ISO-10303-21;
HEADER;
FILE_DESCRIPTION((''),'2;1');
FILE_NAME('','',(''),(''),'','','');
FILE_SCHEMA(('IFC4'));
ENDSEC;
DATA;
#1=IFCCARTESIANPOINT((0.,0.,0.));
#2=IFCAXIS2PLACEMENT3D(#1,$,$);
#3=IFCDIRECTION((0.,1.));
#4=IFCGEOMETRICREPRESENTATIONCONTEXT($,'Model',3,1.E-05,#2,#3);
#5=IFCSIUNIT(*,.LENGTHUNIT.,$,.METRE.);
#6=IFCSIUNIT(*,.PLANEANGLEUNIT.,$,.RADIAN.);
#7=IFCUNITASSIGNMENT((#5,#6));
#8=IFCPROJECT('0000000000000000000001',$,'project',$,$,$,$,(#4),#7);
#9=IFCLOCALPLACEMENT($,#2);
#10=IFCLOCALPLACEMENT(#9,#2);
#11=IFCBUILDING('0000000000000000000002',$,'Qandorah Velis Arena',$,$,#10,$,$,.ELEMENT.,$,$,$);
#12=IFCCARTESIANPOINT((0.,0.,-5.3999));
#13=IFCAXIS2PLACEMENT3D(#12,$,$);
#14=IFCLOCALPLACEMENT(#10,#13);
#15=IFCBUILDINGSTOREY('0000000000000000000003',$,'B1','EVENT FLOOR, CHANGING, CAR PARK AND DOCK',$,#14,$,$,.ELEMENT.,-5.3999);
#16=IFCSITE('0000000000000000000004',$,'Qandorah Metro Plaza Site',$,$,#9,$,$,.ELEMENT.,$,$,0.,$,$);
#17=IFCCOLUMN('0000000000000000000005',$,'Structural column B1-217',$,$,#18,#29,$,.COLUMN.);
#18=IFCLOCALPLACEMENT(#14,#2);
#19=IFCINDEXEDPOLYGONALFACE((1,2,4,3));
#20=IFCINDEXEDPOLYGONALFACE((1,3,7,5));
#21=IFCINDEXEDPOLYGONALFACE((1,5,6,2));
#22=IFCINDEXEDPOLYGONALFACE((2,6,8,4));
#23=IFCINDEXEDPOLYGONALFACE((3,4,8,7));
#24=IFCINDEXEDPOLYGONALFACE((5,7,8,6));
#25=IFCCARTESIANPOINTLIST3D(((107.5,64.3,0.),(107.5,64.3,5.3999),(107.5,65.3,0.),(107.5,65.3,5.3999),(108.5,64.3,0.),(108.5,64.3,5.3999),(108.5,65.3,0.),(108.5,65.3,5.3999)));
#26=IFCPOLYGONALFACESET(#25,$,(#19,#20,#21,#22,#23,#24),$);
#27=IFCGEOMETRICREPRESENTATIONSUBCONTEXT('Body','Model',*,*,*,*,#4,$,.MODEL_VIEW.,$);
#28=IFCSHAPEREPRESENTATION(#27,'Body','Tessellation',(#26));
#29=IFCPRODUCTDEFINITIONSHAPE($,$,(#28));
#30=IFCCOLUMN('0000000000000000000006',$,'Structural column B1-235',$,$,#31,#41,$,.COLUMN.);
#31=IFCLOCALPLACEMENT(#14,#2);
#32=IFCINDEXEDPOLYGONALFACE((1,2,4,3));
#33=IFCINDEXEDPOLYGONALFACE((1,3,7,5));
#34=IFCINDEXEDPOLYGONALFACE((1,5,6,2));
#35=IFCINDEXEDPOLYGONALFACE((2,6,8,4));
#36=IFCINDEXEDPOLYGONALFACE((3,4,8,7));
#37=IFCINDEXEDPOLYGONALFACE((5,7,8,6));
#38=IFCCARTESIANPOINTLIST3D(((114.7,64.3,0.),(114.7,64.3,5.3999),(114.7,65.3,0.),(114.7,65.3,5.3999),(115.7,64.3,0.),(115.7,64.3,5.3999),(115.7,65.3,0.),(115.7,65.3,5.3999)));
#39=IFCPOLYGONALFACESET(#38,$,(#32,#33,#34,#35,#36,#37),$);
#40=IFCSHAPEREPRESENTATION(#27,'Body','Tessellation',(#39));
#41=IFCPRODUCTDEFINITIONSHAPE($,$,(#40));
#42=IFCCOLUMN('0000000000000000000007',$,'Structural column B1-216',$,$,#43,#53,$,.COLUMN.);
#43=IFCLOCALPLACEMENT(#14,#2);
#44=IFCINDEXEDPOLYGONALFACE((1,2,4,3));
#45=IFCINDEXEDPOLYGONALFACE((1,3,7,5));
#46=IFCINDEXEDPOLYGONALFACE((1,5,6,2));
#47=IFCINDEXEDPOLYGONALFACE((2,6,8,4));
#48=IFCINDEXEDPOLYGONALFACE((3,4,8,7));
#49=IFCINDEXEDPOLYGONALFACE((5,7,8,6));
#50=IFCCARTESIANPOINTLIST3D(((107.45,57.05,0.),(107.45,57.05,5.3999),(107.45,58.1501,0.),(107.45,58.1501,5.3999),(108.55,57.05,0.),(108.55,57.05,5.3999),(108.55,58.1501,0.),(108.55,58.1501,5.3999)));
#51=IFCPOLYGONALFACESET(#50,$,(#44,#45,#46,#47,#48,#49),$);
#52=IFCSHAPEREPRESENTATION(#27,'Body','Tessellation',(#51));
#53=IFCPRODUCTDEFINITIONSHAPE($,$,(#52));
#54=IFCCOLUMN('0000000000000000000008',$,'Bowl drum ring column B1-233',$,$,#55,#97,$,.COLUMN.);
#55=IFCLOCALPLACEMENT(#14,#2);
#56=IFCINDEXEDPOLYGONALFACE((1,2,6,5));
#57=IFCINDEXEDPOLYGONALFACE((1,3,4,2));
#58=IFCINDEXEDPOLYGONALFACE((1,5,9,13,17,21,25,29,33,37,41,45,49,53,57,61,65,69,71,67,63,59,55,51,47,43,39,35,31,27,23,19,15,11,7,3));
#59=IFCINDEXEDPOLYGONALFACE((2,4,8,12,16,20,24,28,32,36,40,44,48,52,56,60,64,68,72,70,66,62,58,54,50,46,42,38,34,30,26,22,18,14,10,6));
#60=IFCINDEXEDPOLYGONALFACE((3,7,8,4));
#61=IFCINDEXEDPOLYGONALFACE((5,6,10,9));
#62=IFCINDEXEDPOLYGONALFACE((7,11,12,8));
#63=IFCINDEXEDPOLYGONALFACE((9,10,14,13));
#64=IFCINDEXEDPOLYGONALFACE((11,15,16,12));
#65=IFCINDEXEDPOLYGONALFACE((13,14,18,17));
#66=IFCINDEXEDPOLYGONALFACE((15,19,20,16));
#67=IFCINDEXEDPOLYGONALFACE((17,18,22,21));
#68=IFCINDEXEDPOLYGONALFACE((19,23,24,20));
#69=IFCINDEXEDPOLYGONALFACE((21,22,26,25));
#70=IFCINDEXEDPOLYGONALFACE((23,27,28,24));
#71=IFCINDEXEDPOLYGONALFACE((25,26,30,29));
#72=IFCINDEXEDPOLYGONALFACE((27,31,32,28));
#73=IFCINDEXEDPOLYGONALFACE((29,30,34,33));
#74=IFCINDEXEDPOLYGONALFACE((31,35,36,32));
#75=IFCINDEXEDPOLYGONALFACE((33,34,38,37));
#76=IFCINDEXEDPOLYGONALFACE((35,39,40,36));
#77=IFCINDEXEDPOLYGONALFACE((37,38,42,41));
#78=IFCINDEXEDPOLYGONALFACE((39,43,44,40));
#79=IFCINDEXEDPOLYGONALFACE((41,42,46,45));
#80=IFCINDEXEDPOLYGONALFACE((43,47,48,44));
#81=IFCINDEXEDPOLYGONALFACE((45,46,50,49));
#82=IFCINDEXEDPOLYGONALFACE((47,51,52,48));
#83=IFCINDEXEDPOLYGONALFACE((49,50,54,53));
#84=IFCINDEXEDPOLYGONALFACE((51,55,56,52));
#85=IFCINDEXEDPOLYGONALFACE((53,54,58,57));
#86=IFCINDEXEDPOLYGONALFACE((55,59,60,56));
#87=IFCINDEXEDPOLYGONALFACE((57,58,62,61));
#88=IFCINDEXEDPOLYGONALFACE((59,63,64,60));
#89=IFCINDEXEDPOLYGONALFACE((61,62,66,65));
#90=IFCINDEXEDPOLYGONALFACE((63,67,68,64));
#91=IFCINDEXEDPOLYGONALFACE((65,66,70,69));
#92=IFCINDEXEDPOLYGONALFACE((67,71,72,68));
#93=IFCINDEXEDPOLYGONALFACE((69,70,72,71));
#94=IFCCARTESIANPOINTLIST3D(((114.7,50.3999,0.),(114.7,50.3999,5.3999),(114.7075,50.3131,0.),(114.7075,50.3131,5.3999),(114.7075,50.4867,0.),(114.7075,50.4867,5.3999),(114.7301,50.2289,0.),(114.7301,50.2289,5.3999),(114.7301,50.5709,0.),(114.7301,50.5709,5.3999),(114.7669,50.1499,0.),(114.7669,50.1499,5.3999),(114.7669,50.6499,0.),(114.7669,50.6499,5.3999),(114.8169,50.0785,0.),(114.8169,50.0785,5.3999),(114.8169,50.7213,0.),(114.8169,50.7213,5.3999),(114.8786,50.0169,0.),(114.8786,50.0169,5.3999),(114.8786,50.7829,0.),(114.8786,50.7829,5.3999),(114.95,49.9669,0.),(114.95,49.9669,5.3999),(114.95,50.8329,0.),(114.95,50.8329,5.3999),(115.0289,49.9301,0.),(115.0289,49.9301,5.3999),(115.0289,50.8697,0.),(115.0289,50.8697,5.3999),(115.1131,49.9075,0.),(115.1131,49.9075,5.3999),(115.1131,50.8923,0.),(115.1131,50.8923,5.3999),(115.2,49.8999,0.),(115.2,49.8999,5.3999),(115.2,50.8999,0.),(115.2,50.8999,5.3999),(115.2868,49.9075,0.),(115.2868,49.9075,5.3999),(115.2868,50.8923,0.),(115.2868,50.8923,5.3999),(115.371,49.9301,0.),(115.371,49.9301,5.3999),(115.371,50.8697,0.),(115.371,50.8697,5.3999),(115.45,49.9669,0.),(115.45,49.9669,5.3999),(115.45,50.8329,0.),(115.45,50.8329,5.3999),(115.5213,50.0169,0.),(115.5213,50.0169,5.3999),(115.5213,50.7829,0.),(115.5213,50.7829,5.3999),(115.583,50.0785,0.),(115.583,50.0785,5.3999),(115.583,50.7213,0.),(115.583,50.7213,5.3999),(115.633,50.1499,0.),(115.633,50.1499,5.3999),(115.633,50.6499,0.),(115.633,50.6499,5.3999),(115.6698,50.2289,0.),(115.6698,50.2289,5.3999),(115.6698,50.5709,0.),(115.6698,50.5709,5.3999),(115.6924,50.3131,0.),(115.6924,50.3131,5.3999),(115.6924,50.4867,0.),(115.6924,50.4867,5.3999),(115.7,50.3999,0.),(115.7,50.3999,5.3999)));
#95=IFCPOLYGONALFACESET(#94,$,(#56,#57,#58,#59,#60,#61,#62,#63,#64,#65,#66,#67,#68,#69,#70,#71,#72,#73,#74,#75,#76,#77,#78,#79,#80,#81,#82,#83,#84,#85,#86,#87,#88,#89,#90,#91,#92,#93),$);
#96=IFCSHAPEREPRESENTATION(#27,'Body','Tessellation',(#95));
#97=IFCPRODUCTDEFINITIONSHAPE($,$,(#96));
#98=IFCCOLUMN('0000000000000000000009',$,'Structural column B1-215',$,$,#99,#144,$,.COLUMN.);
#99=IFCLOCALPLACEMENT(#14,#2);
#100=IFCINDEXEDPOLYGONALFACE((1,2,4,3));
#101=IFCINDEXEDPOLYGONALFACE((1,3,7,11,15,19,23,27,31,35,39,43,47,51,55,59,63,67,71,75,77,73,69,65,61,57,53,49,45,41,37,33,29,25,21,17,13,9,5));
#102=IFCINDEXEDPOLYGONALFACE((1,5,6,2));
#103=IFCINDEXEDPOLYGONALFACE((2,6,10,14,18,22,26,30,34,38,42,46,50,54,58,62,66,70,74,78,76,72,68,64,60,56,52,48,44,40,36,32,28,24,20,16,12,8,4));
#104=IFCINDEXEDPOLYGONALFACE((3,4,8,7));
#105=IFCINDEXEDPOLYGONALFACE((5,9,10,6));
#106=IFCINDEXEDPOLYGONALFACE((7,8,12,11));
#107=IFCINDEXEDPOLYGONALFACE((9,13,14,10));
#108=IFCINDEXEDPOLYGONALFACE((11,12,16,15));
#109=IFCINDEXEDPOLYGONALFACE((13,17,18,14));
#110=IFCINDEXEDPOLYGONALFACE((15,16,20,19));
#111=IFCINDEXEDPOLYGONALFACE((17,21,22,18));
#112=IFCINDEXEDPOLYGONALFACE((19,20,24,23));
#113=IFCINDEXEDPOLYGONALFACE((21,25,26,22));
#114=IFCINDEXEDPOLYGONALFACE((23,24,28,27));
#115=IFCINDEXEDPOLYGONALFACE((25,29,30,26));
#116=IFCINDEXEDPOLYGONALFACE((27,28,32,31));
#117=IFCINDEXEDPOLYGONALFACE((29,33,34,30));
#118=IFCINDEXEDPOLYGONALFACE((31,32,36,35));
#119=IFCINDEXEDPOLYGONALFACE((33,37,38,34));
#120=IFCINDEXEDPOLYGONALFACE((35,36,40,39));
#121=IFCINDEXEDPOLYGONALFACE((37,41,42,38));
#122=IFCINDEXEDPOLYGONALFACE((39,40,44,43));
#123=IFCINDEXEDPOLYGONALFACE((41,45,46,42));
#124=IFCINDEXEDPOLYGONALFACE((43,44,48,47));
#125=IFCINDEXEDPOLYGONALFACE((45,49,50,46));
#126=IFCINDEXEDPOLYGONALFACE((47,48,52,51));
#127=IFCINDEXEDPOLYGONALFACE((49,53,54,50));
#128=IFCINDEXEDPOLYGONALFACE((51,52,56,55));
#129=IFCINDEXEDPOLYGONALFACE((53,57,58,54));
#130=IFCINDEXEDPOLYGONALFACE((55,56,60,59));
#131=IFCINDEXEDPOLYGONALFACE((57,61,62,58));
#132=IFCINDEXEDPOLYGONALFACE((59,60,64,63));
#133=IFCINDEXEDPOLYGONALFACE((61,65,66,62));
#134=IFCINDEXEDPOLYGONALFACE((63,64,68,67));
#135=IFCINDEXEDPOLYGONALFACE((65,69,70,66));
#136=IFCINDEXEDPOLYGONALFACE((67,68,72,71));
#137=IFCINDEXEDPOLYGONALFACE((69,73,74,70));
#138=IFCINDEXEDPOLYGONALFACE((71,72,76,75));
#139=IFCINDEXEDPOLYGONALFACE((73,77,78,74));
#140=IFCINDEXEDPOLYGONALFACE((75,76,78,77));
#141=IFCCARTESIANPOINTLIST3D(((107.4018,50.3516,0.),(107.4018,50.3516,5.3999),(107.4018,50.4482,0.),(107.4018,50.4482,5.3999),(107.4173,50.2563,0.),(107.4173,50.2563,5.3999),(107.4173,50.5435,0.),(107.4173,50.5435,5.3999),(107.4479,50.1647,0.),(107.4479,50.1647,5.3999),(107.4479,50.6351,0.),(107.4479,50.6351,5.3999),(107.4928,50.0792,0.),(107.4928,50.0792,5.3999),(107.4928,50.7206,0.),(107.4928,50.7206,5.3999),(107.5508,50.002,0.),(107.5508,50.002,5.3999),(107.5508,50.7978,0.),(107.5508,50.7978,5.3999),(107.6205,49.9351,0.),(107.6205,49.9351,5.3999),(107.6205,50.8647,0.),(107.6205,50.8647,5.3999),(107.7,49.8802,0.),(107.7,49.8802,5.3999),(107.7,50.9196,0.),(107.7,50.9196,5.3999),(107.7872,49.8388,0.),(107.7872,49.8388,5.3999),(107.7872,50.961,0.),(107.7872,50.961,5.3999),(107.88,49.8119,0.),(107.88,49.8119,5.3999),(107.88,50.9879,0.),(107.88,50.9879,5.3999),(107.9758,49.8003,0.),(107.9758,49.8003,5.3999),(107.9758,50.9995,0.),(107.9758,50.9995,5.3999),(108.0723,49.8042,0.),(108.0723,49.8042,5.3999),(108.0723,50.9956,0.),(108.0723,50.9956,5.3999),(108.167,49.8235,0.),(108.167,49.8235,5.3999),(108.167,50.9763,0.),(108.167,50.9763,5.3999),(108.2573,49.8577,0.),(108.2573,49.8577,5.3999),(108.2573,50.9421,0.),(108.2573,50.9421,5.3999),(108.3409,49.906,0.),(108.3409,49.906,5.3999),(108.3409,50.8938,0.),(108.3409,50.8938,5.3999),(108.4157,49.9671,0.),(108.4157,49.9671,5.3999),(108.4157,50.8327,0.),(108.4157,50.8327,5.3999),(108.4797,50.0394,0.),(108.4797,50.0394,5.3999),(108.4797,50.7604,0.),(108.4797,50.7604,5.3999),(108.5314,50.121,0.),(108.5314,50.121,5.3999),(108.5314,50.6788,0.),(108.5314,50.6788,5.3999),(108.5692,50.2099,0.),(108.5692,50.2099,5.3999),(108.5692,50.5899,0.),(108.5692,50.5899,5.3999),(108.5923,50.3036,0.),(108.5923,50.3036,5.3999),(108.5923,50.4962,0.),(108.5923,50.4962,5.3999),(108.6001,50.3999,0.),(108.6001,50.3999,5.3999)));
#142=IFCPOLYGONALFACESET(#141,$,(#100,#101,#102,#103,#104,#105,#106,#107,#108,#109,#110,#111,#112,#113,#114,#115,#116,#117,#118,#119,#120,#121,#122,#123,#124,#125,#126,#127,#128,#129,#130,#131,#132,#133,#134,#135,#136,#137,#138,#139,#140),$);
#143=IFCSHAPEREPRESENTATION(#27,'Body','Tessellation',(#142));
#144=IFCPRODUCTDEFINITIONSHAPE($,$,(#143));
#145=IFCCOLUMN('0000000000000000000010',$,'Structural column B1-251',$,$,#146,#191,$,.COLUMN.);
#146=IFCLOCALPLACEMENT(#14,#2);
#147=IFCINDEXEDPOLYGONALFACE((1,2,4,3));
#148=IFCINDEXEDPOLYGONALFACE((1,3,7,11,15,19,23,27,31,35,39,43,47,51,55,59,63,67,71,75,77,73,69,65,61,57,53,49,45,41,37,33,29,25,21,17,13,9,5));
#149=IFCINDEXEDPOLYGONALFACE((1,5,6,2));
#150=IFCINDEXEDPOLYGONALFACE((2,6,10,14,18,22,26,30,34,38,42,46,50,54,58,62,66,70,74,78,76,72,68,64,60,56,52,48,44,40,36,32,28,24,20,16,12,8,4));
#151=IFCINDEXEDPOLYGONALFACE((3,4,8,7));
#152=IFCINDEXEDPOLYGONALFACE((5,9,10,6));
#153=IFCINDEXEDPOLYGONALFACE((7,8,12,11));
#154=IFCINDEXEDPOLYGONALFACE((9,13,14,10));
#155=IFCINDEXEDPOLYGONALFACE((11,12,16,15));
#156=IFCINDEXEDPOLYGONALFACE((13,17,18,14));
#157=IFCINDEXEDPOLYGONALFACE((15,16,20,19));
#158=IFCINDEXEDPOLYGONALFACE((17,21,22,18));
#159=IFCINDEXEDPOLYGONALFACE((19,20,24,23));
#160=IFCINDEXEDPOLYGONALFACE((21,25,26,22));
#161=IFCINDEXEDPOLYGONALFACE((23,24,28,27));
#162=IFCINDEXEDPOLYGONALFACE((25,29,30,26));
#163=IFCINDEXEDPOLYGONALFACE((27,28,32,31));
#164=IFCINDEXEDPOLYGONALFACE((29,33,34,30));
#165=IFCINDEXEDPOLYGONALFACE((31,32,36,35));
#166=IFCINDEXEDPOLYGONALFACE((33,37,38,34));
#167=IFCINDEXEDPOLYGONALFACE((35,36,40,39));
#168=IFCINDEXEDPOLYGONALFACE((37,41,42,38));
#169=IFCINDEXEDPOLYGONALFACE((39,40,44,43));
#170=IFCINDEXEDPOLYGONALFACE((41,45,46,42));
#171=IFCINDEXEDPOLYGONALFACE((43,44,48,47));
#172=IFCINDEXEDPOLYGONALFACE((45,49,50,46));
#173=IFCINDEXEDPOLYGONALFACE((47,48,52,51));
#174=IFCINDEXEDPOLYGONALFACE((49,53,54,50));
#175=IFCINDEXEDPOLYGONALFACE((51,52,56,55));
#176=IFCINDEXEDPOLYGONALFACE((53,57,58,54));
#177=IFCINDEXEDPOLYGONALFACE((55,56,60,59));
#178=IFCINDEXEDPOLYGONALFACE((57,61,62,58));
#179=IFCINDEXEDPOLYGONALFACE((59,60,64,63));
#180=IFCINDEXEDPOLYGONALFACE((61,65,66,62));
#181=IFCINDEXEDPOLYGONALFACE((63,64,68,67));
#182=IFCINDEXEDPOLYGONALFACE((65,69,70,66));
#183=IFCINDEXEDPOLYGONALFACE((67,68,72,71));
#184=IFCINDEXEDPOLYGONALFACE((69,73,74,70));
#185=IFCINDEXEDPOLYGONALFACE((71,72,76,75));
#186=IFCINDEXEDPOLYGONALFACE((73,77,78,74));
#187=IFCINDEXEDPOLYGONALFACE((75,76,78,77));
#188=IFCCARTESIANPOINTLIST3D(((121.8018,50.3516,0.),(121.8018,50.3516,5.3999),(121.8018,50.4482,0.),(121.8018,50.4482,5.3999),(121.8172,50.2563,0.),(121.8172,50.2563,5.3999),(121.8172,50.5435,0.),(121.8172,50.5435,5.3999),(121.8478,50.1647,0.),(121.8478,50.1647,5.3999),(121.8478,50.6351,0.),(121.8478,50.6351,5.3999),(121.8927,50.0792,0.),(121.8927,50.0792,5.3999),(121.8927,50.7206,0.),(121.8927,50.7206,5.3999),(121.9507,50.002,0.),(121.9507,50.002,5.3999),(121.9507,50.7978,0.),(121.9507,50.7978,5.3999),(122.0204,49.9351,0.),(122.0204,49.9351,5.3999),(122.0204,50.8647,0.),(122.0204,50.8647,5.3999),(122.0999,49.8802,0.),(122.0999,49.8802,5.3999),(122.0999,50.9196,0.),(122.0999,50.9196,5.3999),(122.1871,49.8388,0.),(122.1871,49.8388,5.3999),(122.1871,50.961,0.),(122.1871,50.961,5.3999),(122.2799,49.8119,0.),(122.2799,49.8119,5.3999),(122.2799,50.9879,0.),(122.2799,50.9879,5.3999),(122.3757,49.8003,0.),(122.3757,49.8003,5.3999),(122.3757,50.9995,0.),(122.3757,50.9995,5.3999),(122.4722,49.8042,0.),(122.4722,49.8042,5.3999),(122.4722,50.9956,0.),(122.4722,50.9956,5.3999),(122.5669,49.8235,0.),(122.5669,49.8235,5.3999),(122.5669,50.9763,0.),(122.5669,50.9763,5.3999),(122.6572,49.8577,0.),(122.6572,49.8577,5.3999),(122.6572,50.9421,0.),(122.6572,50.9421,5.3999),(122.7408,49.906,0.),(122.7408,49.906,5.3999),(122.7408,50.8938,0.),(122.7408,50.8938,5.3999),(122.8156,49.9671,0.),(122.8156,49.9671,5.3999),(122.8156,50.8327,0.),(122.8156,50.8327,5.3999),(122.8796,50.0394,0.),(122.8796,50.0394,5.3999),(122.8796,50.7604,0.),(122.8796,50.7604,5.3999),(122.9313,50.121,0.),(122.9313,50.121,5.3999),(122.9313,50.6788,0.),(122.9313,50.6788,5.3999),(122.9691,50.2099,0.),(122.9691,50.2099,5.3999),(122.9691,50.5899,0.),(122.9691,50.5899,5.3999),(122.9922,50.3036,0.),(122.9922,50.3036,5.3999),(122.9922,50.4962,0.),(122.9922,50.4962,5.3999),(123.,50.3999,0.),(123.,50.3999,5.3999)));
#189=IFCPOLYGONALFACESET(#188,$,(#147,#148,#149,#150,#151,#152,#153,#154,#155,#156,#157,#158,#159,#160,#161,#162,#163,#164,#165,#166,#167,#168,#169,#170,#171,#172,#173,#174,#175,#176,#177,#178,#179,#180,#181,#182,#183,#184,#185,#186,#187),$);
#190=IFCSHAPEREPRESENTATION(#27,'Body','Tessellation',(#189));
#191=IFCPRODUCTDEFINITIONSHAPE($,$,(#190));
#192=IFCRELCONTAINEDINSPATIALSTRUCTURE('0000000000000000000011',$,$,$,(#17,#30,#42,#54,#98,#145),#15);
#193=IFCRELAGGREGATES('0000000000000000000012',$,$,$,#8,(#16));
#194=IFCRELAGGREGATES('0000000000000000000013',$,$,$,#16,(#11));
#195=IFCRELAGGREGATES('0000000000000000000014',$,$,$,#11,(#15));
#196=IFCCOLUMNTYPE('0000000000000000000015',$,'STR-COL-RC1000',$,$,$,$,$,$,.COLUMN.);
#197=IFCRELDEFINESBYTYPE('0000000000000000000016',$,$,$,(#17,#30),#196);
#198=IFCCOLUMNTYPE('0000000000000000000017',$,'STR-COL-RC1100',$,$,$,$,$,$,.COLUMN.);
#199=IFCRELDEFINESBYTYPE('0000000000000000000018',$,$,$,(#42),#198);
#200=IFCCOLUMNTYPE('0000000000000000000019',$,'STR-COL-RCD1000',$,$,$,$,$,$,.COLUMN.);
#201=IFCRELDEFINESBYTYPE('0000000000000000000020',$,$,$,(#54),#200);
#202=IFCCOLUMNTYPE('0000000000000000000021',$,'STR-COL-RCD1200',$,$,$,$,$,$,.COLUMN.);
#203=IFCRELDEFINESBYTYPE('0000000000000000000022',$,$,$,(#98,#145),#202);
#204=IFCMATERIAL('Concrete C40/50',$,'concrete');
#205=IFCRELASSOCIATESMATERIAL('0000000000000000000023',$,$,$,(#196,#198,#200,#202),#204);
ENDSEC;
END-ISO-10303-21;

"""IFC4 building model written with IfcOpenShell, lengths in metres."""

from ifc_helpers import new_model, si_unit, direction, frame, origin, origin_2d, place, context, subcontext, project, spatial, rectangle, circle, extrude, material, material_profile, profile_set, type_object, element, save


model = new_model("IFC4")

# Units and contexts
model_context = context("Model", 3, precision=1e-05, world=origin(), true_north=direction((0.0, 1.0)))
body_context = subcontext(model_context, "Body", "Model", "MODEL_VIEW")
ifc_project = project(units=[si_unit("LENGTHUNIT", "METRE"), si_unit("PLANEANGLEUNIT", "RADIAN")], contexts=[model_context])

# Site, building, storey
site_placement = place(None, origin())
site = spatial("IfcSite", under=ifc_project, at=site_placement, Name="Qandorah Metro Plaza Site", CompositionType="ELEMENT", RefElevation=0.0)
building_placement = place(site_placement, origin())
building = spatial("IfcBuilding", under=site, at=building_placement, Name="Qandorah Velis Arena", CompositionType="ELEMENT")
storey_placement = place(building_placement, frame((0.0, 0.0, -5.3999)))
storey = spatial("IfcBuildingStorey", under=building, at=storey_placement, Name="B1", Description="EVENT FLOOR, CHANGING, CAR PARK AND DOCK", CompositionType="ELEMENT", Elevation=-5.3999)

# Shared definitions
ifc_material_1 = material(Name="Concrete C40/50", Category="concrete")

# Columns
ifc_material_profile_1 = material_profile(ifc_material_1, rectangle(XDim=1.0, YDim=1.0, at=origin_2d()), Name="RC COL 1000x1000")
ifc_profile_set_1 = profile_set([ifc_material_profile_1], Name="Concrete C40/50")
column_type_1 = type_object("IfcColumnType", Name="STR-COL-RC1000", PredefinedType="COLUMN", material=ifc_profile_set_1)
for number, where, z_axis, x_axis, name in (
    (1, (108.0, 64.8, 0.0), (0.0, 0.0, 1.0), (1.0, 0.0, 0.0), "Structural column B1-217"),
    (2, (115.2, 64.8, 0.0), (0.0, 0.0, 1.0), (1.0, 0.0, 0.0), "Structural column B1-235"),
):
    element("IfcColumn", number, at=place(storey_placement, frame(where, z_axis=z_axis, x_axis=x_axis)), inside=storey, type_object=column_type_1, Name=name, PredefinedType="COLUMN", context=body_context, shape_type="SweptSolid", body=[
        extrude(rectangle(XDim=1.0, YDim=1.0, at=origin_2d()), origin(), (0.0, 0.0, 1.0), 5.3999),
    ])
ifc_material_profile_2 = material_profile(ifc_material_1, rectangle(XDim=1.1001, YDim=1.1001, at=origin_2d()), Name="RC COL 1100x1100")
ifc_profile_set_2 = profile_set([ifc_material_profile_2], Name="Concrete C40/50")
column_type_2 = type_object("IfcColumnType", Name="STR-COL-RC1100", PredefinedType="COLUMN", material=ifc_profile_set_2)
column_1_placement = place(storey_placement, frame((108.0, 57.6001, 0.0), z_axis=(0.0, 0.0, 1.0), x_axis=(1.0, 0.0, 0.0)))
element("IfcColumn", 3, at=column_1_placement, inside=storey, type_object=column_type_2, Name="Structural column B1-216", PredefinedType="COLUMN", context=body_context, shape_type="SweptSolid", body=[
    extrude(rectangle(XDim=1.1001, YDim=1.1001, at=origin_2d()), origin(), (0.0, 0.0, 1.0), 5.3999),
])
ifc_material_profile_3 = material_profile(ifc_material_1, circle(Radius=0.5, at=origin_2d()), Name="RC D1000")
ifc_profile_set_3 = profile_set([ifc_material_profile_3], Name="Concrete C40/50")
column_type_3 = type_object("IfcColumnType", Name="STR-COL-RCD1000", PredefinedType="COLUMN", material=ifc_profile_set_3)
column_2_placement = place(storey_placement, frame((115.2, 50.3999, 0.0), z_axis=(0.0, 0.0, 1.0), x_axis=(1.0, 0.0, 0.0)))
element("IfcColumn", 4, at=column_2_placement, inside=storey, type_object=column_type_3, Name="Bowl drum ring column B1-233", PredefinedType="COLUMN", context=body_context, shape_type="SweptSolid", body=[
    extrude(circle(Radius=0.5, at=origin_2d()), origin(), (0.0, 0.0, 1.0), 5.3999),
])
ifc_material_profile_4 = material_profile(ifc_material_1, circle(Radius=0.6001, at=origin_2d()), Name="RC D1200")
ifc_profile_set_4 = profile_set([ifc_material_profile_4], Name="Concrete C40/50")
column_type_4 = type_object("IfcColumnType", Name="STR-COL-RCD1200", PredefinedType="COLUMN", material=ifc_profile_set_4)
for number, where, z_axis, x_axis, name in (
    (5, (108.0, 50.3999, 0.0), (0.0, 0.0, 1.0), (1.0, 0.0, 0.0), "Structural column B1-215"),
    (6, (122.3999, 50.3999, 0.0), (0.0, 0.0, 1.0), (1.0, 0.0, 0.0), "Structural column B1-251"),
):
    element("IfcColumn", number, at=place(storey_placement, frame(where, z_axis=z_axis, x_axis=x_axis)), inside=storey, type_object=column_type_4, Name=name, PredefinedType="COLUMN", context=body_context, shape_type="SweptSolid", body=[
        extrude(circle(Radius=0.6001, at=origin_2d()), origin(), (0.0, 0.0, 1.0), 5.3999),
    ])

save(model, "model.ifc")
